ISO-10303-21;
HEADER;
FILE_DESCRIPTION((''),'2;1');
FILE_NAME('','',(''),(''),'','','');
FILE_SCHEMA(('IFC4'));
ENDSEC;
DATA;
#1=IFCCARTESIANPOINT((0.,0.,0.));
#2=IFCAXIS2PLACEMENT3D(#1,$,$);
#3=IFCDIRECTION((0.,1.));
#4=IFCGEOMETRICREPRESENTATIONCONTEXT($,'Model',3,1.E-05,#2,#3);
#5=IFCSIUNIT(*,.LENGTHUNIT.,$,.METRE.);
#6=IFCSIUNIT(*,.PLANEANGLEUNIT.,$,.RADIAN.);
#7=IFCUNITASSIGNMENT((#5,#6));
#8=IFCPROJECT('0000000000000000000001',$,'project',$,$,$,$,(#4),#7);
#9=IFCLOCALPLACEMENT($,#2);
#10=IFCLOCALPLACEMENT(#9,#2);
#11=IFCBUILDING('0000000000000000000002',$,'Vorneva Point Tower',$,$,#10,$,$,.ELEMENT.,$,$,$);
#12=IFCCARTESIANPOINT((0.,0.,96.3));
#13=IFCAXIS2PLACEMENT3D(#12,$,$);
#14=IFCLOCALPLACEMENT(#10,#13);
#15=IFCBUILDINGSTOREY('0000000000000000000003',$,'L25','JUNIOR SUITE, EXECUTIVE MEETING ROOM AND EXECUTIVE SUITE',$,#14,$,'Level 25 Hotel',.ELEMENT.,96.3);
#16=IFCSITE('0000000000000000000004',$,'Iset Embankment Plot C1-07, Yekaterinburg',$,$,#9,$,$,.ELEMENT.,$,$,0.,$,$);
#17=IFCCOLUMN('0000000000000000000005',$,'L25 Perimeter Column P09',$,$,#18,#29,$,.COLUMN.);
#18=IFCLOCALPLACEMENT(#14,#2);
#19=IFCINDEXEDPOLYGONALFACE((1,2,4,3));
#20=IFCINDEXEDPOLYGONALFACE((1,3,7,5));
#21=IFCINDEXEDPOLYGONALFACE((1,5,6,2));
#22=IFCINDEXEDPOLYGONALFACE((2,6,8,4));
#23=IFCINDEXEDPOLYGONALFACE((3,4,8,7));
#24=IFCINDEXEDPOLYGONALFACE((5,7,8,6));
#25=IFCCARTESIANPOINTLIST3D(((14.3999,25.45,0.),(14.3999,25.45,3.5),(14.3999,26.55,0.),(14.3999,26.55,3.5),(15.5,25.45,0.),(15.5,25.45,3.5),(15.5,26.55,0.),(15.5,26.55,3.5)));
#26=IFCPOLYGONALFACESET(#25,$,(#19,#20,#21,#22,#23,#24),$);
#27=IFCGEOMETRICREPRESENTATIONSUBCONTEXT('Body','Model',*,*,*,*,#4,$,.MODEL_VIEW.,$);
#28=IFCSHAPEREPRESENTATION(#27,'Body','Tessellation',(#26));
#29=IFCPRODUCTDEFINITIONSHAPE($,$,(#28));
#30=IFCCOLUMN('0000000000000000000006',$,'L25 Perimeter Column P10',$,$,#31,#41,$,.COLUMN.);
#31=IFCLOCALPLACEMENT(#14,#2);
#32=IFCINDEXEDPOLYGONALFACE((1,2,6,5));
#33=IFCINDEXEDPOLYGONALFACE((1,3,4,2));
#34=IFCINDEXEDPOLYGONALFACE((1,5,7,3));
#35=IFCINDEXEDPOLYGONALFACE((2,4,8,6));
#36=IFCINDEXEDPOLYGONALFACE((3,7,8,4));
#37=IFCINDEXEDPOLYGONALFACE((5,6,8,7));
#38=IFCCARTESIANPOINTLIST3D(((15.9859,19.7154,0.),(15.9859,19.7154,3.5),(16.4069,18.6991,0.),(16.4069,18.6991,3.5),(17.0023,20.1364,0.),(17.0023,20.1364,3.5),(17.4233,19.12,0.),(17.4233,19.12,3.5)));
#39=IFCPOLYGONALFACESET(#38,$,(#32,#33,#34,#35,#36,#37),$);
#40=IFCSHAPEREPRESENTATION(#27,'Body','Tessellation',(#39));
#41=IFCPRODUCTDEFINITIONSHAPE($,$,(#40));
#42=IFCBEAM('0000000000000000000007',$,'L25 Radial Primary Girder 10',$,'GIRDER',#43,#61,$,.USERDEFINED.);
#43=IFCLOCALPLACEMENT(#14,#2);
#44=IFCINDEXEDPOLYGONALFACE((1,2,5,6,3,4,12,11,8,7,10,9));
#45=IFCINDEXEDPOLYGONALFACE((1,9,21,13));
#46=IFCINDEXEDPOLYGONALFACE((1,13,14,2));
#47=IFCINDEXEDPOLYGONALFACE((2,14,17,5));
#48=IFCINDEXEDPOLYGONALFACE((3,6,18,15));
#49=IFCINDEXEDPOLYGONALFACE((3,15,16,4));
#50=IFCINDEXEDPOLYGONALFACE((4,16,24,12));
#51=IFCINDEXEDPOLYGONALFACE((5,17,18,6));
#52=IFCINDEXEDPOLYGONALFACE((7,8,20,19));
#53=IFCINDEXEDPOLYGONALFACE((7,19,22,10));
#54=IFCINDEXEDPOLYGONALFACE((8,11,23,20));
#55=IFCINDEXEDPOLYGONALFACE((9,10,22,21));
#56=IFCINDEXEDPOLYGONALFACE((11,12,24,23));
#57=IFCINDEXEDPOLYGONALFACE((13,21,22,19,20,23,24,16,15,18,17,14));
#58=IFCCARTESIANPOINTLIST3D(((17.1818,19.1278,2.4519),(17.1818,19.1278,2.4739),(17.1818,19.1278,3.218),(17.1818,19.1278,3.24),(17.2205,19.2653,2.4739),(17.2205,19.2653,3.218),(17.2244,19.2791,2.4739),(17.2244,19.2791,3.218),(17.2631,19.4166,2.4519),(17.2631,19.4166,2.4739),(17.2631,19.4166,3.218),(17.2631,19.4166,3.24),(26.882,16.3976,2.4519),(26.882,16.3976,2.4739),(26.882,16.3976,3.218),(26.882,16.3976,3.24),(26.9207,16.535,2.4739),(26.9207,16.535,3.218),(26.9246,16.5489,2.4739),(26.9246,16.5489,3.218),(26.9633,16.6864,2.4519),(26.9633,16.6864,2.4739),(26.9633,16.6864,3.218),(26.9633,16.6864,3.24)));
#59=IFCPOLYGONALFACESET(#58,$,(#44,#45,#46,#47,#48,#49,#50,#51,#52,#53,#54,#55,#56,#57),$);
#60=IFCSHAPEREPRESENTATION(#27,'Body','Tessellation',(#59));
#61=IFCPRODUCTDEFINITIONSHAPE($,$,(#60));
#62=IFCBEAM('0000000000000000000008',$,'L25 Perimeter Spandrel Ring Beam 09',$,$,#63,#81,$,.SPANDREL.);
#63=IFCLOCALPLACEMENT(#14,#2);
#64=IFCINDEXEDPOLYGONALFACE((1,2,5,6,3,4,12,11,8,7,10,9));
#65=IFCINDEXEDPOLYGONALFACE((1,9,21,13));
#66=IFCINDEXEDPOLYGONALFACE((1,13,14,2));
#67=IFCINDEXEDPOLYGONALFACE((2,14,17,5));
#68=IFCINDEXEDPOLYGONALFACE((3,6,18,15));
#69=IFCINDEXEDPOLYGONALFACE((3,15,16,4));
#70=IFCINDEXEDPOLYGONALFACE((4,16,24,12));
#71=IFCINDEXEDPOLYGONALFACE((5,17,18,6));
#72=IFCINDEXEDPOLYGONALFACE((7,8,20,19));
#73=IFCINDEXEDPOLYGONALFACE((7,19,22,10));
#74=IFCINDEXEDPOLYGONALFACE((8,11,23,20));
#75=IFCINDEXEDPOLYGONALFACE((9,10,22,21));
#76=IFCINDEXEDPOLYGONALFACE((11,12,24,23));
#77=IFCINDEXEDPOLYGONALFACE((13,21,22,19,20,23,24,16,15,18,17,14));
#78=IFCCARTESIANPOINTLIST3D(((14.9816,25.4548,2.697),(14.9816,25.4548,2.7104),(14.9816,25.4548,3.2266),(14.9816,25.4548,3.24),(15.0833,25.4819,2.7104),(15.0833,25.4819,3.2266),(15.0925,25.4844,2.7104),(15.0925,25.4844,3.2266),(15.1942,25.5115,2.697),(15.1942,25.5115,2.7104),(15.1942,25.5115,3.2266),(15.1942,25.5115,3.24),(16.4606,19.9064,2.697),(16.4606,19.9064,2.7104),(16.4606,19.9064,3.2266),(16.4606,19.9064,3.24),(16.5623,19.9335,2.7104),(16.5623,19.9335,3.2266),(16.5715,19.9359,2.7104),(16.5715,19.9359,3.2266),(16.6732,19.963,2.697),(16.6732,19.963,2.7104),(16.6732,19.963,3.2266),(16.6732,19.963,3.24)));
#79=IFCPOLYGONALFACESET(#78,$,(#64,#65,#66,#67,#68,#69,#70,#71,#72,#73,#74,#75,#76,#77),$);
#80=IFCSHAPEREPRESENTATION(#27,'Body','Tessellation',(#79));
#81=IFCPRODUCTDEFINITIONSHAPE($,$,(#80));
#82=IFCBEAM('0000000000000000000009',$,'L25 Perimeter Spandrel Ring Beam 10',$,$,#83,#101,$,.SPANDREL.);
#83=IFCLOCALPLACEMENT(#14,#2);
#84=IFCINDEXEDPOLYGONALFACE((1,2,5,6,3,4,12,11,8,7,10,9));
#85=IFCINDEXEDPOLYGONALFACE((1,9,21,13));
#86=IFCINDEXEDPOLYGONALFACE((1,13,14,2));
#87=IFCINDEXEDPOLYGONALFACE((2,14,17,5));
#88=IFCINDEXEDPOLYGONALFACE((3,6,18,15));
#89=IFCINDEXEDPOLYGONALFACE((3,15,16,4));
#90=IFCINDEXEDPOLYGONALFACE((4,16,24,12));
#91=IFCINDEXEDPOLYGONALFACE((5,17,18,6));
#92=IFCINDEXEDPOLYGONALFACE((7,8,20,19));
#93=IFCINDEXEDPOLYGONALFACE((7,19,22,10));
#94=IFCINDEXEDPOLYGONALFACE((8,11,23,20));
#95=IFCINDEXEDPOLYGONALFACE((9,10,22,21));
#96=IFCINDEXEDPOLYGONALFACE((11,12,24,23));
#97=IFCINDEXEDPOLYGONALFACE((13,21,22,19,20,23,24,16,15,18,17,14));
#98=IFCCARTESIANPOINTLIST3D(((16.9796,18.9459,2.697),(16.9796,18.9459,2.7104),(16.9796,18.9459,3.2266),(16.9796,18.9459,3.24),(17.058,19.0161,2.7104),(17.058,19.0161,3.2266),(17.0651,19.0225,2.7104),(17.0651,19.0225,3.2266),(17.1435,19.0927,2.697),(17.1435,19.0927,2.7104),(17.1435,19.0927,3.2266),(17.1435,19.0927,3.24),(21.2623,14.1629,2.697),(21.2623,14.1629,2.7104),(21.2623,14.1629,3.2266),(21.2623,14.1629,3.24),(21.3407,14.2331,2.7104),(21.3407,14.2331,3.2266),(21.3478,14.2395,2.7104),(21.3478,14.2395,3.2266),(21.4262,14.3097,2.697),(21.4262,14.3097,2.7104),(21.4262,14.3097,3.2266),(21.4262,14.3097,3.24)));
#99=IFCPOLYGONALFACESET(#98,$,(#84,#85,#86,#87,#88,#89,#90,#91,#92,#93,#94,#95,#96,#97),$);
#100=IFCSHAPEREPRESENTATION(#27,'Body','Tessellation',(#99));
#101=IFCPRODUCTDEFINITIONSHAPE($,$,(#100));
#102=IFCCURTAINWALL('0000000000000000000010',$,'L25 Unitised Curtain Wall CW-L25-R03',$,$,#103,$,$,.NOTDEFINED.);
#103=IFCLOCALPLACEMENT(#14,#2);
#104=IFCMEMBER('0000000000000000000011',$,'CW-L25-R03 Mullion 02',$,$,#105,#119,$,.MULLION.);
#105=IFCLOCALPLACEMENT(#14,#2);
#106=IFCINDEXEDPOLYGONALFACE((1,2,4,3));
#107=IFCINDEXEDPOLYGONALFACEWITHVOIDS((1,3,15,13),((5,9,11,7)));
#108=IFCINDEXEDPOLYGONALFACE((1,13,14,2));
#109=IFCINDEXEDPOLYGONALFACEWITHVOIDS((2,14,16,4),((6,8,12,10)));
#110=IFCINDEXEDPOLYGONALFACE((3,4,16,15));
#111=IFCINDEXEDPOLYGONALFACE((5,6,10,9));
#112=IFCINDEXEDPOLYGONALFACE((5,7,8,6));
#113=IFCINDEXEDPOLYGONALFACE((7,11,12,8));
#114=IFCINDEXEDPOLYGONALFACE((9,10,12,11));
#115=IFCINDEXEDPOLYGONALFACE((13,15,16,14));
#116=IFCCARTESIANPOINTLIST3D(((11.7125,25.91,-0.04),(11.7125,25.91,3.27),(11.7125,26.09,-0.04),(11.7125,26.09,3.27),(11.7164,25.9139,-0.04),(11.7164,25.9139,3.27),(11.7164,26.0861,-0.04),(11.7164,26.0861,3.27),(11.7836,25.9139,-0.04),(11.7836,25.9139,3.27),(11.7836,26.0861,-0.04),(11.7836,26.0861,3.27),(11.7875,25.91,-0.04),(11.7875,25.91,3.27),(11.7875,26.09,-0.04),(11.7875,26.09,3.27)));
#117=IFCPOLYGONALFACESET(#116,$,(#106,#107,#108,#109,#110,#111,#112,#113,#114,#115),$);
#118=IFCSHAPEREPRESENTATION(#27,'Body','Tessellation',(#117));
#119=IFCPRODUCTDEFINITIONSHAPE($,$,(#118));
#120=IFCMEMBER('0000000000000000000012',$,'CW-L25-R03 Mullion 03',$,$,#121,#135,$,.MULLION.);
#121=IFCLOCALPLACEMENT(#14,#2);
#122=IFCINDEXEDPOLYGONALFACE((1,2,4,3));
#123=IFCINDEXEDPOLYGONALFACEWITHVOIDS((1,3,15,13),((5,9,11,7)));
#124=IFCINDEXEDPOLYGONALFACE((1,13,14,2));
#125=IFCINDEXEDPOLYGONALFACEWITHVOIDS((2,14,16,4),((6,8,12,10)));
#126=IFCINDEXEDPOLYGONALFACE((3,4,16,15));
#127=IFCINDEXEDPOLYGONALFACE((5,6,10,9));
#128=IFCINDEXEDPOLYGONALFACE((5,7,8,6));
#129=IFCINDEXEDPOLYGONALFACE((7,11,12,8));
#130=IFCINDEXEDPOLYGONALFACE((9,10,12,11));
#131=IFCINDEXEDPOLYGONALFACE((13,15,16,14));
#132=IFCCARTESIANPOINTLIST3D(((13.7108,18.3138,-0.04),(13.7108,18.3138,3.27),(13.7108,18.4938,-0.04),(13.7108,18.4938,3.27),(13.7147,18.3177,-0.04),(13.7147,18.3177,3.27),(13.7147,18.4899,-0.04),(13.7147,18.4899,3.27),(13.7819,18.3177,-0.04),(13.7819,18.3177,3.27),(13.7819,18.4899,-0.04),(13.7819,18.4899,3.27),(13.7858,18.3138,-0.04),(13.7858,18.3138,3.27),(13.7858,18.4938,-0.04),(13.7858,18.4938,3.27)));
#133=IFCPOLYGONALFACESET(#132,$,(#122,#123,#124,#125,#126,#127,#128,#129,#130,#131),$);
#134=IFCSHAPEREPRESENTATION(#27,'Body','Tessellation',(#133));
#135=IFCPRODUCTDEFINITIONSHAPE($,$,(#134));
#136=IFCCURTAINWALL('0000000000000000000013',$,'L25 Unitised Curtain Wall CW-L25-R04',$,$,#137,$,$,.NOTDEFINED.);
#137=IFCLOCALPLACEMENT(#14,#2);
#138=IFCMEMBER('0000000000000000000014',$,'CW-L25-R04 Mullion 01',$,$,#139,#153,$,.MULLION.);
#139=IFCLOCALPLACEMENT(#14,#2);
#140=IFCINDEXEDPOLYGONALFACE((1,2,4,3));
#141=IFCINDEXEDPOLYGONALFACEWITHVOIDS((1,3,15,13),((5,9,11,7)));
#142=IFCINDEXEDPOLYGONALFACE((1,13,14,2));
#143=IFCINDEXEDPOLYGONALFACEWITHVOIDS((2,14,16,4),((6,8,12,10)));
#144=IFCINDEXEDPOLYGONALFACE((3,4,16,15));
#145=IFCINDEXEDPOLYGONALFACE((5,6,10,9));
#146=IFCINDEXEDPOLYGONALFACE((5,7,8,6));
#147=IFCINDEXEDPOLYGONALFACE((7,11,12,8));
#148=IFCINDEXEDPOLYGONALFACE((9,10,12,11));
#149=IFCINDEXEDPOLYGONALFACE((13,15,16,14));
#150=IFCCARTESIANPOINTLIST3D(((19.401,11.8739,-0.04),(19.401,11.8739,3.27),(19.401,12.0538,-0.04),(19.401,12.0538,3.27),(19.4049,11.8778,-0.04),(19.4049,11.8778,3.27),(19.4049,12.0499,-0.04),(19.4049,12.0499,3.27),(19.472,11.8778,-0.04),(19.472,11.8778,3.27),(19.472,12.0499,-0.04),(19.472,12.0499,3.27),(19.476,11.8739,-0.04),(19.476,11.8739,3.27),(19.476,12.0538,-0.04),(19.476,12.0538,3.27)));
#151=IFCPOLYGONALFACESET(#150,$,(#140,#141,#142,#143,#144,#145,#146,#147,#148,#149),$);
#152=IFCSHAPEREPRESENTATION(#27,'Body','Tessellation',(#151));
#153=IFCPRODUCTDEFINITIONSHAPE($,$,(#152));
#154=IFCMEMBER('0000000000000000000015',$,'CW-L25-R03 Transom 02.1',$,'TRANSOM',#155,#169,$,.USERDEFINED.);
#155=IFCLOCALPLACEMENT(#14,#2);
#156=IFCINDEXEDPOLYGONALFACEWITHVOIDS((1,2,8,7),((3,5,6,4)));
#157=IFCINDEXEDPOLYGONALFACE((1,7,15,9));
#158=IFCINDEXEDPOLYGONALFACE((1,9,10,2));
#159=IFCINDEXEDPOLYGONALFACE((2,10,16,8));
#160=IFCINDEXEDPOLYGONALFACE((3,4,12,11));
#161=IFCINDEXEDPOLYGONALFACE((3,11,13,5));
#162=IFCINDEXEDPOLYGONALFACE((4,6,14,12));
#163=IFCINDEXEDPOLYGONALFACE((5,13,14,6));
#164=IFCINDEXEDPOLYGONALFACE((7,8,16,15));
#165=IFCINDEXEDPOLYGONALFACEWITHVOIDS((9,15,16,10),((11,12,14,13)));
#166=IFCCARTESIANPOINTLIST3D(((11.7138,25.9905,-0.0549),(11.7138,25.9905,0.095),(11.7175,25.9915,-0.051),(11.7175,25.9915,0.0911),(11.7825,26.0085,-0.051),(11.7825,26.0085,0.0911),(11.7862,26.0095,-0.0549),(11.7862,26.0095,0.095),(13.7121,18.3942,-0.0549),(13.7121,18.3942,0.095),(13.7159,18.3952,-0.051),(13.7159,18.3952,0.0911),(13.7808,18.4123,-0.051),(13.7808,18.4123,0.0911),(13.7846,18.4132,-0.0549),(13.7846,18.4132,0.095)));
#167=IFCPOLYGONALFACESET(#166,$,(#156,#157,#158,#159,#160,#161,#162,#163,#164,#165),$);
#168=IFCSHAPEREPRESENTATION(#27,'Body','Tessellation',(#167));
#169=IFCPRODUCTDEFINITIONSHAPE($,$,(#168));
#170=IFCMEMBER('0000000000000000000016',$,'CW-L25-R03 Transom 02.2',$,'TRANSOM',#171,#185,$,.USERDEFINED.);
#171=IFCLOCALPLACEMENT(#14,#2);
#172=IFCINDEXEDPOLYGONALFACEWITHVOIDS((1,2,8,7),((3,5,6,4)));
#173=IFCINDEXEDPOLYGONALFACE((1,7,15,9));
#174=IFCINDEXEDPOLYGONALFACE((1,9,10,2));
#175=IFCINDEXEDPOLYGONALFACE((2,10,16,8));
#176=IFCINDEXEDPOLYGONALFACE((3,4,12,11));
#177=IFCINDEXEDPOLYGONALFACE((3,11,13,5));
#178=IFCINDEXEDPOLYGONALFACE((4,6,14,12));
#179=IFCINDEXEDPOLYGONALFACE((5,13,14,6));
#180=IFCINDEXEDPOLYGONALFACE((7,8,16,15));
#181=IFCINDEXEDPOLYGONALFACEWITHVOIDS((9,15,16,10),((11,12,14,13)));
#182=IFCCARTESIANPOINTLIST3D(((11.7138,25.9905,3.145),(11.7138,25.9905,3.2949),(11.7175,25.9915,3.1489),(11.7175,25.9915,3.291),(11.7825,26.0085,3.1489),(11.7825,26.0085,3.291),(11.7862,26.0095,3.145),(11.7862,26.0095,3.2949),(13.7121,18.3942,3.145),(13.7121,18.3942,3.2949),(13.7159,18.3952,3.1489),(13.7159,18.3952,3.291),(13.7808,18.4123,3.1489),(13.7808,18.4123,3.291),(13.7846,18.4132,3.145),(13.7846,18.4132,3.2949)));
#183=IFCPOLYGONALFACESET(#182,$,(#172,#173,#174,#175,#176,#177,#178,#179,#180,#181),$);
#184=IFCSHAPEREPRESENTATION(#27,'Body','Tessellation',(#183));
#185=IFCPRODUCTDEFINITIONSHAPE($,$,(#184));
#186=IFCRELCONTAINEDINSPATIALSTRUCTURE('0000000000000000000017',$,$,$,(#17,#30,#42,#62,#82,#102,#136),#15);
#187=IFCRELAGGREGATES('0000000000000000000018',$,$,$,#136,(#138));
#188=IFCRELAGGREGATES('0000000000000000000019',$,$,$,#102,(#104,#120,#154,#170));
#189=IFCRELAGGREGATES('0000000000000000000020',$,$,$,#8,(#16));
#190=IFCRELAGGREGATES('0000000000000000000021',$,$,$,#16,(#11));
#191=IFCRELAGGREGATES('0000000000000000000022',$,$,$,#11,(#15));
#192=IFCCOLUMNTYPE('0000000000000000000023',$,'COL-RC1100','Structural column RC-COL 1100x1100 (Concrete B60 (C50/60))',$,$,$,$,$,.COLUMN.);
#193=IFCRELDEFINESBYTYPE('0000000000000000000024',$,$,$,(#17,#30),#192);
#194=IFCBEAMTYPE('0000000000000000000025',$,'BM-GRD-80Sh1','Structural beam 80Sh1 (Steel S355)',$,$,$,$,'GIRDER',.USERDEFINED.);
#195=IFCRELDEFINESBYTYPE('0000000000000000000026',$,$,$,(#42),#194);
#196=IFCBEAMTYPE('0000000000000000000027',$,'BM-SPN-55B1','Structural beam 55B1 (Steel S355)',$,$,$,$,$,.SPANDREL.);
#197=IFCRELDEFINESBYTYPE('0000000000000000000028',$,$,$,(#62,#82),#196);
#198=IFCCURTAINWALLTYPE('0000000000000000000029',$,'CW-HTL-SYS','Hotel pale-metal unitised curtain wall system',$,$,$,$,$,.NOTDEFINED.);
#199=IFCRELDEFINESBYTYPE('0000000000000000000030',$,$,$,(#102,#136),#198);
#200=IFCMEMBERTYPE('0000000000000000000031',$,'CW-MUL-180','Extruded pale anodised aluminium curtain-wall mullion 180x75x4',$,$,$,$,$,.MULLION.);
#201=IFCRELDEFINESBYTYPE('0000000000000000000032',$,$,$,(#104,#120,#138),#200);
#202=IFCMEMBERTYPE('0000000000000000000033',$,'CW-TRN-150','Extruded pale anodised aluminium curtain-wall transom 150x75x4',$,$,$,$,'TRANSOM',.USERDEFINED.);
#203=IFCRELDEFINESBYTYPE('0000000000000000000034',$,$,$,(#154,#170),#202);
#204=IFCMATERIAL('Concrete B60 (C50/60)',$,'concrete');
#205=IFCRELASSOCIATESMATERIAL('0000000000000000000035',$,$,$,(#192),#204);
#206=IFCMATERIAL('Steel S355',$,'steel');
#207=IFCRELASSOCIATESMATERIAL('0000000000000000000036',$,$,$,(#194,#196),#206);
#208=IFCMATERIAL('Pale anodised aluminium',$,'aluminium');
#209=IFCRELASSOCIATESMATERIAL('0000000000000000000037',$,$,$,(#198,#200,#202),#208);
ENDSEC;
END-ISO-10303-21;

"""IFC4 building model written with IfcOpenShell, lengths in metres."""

from ifc_helpers import new_model, si_unit, direction, frame, origin, origin_2d, place, context, subcontext, project, spatial, rectangle, hollow_rectangle, i_section, extrude, material, material_profile, profile_set, type_object, element, aggregate, save


model = new_model("IFC4")

# Units and contexts
model_context = context("Model", 3, precision=1e-05, world=origin(), true_north=direction((0.0, 1.0)))
body_context = subcontext(model_context, "Body", "Model", "MODEL_VIEW")
ifc_project = project(units=[si_unit("LENGTHUNIT", "METRE"), si_unit("PLANEANGLEUNIT", "RADIAN")], contexts=[model_context])

# Site, building, storey
site_placement = place(None, origin())
site = spatial("IfcSite", under=ifc_project, at=site_placement, Name="Iset Embankment Plot C1-07, Yekaterinburg", CompositionType="ELEMENT", RefElevation=0.0)
building_placement = place(site_placement, origin())
building = spatial("IfcBuilding", under=site, at=building_placement, Name="Vorneva Point Tower", CompositionType="ELEMENT")
storey_placement = place(building_placement, frame((0.0, 0.0, 96.3)))
storey = spatial("IfcBuildingStorey", under=building, at=storey_placement, Name="L25", Description="JUNIOR SUITE, EXECUTIVE MEETING ROOM AND EXECUTIVE SUITE", LongName="Level 25 Hotel", CompositionType="ELEMENT", Elevation=96.3)

# Columns
ifc_material_1 = material(Name="Concrete B60 (C50/60)", Category="concrete")
ifc_material_profile_1 = material_profile(ifc_material_1, rectangle(XDim=1.1001, YDim=1.1001, at=origin_2d()), Name="RC-COL 1100x1100")
ifc_profile_set_1 = profile_set([ifc_material_profile_1], Name="Concrete B60 (C50/60)")
column_type = type_object("IfcColumnType", Name="COL-RC1100", Description="Structural column RC-COL 1100x1100 (Concrete B60 (C50/60))", PredefinedType="COLUMN", material=ifc_profile_set_1)
for number, where, z_axis, x_axis, name in (
    (1, (14.95, 26.0, 0.0), (0.0, 0.0, 1.0), (-1.0, 0.0, 0.0), "L25 Perimeter Column P09"),
    (2, (16.7046, 19.4177, 0.0), (0.0, 0.0, 1.0), (-0.92388, -0.382683, 0.0), "L25 Perimeter Column P10"),
):
    element("IfcColumn", number, at=place(storey_placement, frame(where, z_axis=z_axis, x_axis=x_axis)), inside=storey, type_object=column_type, Name=name, PredefinedType="COLUMN", context=body_context, shape_type="SweptSolid", body=[
        extrude(rectangle(XDim=1.1001, YDim=1.1001, at=origin_2d()), origin(), (0.0, 0.0, 1.0), 3.5),
    ])

# Beams
ifc_material_2 = material(Name="Steel S355", Category="steel")
ifc_material_profile_2 = material_profile(ifc_material_2, i_section(OverallWidth=0.3, OverallDepth=0.7881, WebThickness=0.0144, FlangeThickness=0.022, at=origin_2d()), Name="80Sh1")
ifc_profile_set_2 = profile_set([ifc_material_profile_2], Name="Steel S355")
beam_type_1 = type_object("IfcBeamType", Name="BM-GRD-80Sh1", Description="Structural beam 80Sh1 (Steel S355)", ElementType="GIRDER", PredefinedType="USERDEFINED", material=ifc_profile_set_2)
beam_1_placement = place(storey_placement, frame((17.2224, 19.2722, 2.8459), z_axis=(0.962598, -0.270934, 0.0), x_axis=(0.270934, 0.962598, 0.0)))
element("IfcBeam", 3, at=beam_1_placement, inside=storey, type_object=beam_type_1, Name="L25 Radial Primary Girder 10", ObjectType="GIRDER", PredefinedType="USERDEFINED", context=body_context, shape_type="SweptSolid", body=[
    extrude(i_section(OverallWidth=0.3, OverallDepth=0.7881, WebThickness=0.0144, FlangeThickness=0.022, at=origin_2d()), origin(), (0.0, 0.0, 1.0), 10.0771),
])
ifc_material_profile_3 = material_profile(ifc_material_2, i_section(OverallWidth=0.22, OverallDepth=0.543, WebThickness=0.0095, FlangeThickness=0.0134, at=origin_2d()), Name="55B1")
ifc_profile_set_3 = profile_set([ifc_material_profile_3], Name="Steel S355")
beam_type_2 = type_object("IfcBeamType", Name="BM-SPN-55B1", Description="Structural beam 55B1 (Steel S355)", PredefinedType="SPANDREL", material=ifc_profile_set_3)
beam_2_placement = place(storey_placement, frame((15.0879, 25.4832, 2.9685), z_axis=(0.257573, -0.966259, 0.0), x_axis=(0.966259, 0.257573, 0.0)))
element("IfcBeam", 4, at=beam_2_placement, inside=storey, type_object=beam_type_2, Name="L25 Perimeter Spandrel Ring Beam 09", PredefinedType="SPANDREL", context=body_context, shape_type="SweptSolid", body=[
    extrude(i_section(OverallWidth=0.22, OverallDepth=0.543, WebThickness=0.0095, FlangeThickness=0.0134, at=origin_2d()), origin(), (0.0, 0.0, 1.0), 5.7422),
])
beam_3_placement = place(storey_placement, frame((17.0615, 19.0193, 2.9685), z_axis=(0.667074, -0.744992, 0.0), x_axis=(0.744992, 0.667074, 0.0)))
element("IfcBeam", 5, at=beam_3_placement, inside=storey, type_object=beam_type_2, Name="L25 Perimeter Spandrel Ring Beam 10", PredefinedType="SPANDREL", context=body_context, shape_type="SweptSolid", body=[
    extrude(i_section(OverallWidth=0.22, OverallDepth=0.543, WebThickness=0.0095, FlangeThickness=0.0134, at=origin_2d()), origin(), (0.0, 0.0, 1.0), 6.4202),
])

# Curtain wall, members
ifc_material_3 = material(Name="Pale anodised aluminium", Category="aluminium")
curtain_wall_type = type_object("IfcCurtainWallType", Name="CW-HTL-SYS", Description="Hotel pale-metal unitised curtain wall system", PredefinedType="NOTDEFINED", material=ifc_material_3)
curtain_wall_1_placement = place(storey_placement, origin())
curtain_wall_1 = element("IfcCurtainWall", 6, at=curtain_wall_1_placement, inside=storey, type_object=curtain_wall_type, Name="L25 Unitised Curtain Wall CW-L25-R03", PredefinedType="NOTDEFINED")
ifc_material_profile_4 = material_profile(ifc_material_3, hollow_rectangle(XDim=0.075, YDim=0.1799, WallThickness=0.0039, at=origin_2d()), Name="AL-MUL 180x75x4")
ifc_profile_set_4 = profile_set([ifc_material_profile_4], Name="Pale anodised aluminium")
member_type_1 = type_object("IfcMemberType", Name="CW-MUL-180", Description="Extruded pale anodised aluminium curtain-wall mullion 180x75x4", PredefinedType="MULLION", material=ifc_profile_set_4)
member_1_placement = place(storey_placement, frame((11.75, 26.0, -0.04), z_axis=(0.0, 0.0, 1.0), x_axis=(1.0, 0.0, 0.0)))
member_1 = element("IfcMember", 7, at=member_1_placement, type_object=member_type_1, Name="CW-L25-R03 Mullion 02", PredefinedType="MULLION", context=body_context, shape_type="SweptSolid", body=[
    extrude(hollow_rectangle(XDim=0.075, YDim=0.1799, WallThickness=0.0039, at=origin_2d()), origin(), (0.0, 0.0, 1.0), 3.3101),
])
member_2_placement = place(storey_placement, frame((13.7483, 18.4038, -0.04), z_axis=(0.0, 0.0, 1.0), x_axis=(1.0, 0.0, 0.0)))
member_2 = element("IfcMember", 8, at=member_2_placement, type_object=member_type_1, Name="CW-L25-R03 Mullion 03", PredefinedType="MULLION", context=body_context, shape_type="SweptSolid", body=[
    extrude(hollow_rectangle(XDim=0.075, YDim=0.1799, WallThickness=0.0039, at=origin_2d()), origin(), (0.0, 0.0, 1.0), 3.3101),
])

# Curtain wall, member
curtain_wall_2_placement = place(storey_placement, origin())
curtain_wall_2 = element("IfcCurtainWall", 9, at=curtain_wall_2_placement, inside=storey, type_object=curtain_wall_type, Name="L25 Unitised Curtain Wall CW-L25-R04", PredefinedType="NOTDEFINED")
member_3_placement = place(storey_placement, frame((19.4385, 11.9639, -0.04), z_axis=(0.0, 0.0, 1.0), x_axis=(1.0, 0.0, 0.0)))
member_3 = element("IfcMember", 10, at=member_3_placement, type_object=member_type_1, Name="CW-L25-R04 Mullion 01", PredefinedType="MULLION", context=body_context, shape_type="SweptSolid", body=[
    extrude(hollow_rectangle(XDim=0.075, YDim=0.1799, WallThickness=0.0039, at=origin_2d()), origin(), (0.0, 0.0, 1.0), 3.3101),
])

# Members
ifc_material_profile_5 = material_profile(ifc_material_3, hollow_rectangle(XDim=0.075, YDim=0.1499, WallThickness=0.0039, at=origin_2d()), Name="AL-TRN 150x75x4")
ifc_profile_set_5 = profile_set([ifc_material_profile_5], Name="Pale anodised aluminium")
member_type_2 = type_object("IfcMemberType", Name="CW-TRN-150", Description="Extruded pale anodised aluminium curtain-wall transom 150x75x4", ElementType="TRANSOM", PredefinedType="USERDEFINED", material=ifc_profile_set_5)
member_4_placement = place(storey_placement, frame((11.75, 26.0, 0.02), z_axis=(0.254409, -0.967097, 0.0), x_axis=(0.967097, 0.254409, 0.0)))
member_4 = element("IfcMember", 11, at=member_4_placement, type_object=member_type_2, Name="CW-L25-R03 Transom 02.1", ObjectType="TRANSOM", PredefinedType="USERDEFINED", context=body_context, shape_type="SweptSolid", body=[
    extrude(hollow_rectangle(XDim=0.075, YDim=0.1499, WallThickness=0.0039, at=origin_2d()), origin(), (0.0, 0.0, 1.0), 7.8547),
])
member_5_placement = place(storey_placement, frame((11.75, 26.0, 3.22), z_axis=(0.254409, -0.967097, 0.0), x_axis=(0.967097, 0.254409, 0.0)))
member_5 = element("IfcMember", 12, at=member_5_placement, type_object=member_type_2, Name="CW-L25-R03 Transom 02.2", ObjectType="TRANSOM", PredefinedType="USERDEFINED", context=body_context, shape_type="SweptSolid", body=[
    extrude(hollow_rectangle(XDim=0.075, YDim=0.1499, WallThickness=0.0039, at=origin_2d()), origin(), (0.0, 0.0, 1.0), 7.8547),
])
aggregate(curtain_wall_2, [member_3])

aggregate(curtain_wall_1, [member_1, member_2, member_4, member_5])

save(model, "model.ifc")
